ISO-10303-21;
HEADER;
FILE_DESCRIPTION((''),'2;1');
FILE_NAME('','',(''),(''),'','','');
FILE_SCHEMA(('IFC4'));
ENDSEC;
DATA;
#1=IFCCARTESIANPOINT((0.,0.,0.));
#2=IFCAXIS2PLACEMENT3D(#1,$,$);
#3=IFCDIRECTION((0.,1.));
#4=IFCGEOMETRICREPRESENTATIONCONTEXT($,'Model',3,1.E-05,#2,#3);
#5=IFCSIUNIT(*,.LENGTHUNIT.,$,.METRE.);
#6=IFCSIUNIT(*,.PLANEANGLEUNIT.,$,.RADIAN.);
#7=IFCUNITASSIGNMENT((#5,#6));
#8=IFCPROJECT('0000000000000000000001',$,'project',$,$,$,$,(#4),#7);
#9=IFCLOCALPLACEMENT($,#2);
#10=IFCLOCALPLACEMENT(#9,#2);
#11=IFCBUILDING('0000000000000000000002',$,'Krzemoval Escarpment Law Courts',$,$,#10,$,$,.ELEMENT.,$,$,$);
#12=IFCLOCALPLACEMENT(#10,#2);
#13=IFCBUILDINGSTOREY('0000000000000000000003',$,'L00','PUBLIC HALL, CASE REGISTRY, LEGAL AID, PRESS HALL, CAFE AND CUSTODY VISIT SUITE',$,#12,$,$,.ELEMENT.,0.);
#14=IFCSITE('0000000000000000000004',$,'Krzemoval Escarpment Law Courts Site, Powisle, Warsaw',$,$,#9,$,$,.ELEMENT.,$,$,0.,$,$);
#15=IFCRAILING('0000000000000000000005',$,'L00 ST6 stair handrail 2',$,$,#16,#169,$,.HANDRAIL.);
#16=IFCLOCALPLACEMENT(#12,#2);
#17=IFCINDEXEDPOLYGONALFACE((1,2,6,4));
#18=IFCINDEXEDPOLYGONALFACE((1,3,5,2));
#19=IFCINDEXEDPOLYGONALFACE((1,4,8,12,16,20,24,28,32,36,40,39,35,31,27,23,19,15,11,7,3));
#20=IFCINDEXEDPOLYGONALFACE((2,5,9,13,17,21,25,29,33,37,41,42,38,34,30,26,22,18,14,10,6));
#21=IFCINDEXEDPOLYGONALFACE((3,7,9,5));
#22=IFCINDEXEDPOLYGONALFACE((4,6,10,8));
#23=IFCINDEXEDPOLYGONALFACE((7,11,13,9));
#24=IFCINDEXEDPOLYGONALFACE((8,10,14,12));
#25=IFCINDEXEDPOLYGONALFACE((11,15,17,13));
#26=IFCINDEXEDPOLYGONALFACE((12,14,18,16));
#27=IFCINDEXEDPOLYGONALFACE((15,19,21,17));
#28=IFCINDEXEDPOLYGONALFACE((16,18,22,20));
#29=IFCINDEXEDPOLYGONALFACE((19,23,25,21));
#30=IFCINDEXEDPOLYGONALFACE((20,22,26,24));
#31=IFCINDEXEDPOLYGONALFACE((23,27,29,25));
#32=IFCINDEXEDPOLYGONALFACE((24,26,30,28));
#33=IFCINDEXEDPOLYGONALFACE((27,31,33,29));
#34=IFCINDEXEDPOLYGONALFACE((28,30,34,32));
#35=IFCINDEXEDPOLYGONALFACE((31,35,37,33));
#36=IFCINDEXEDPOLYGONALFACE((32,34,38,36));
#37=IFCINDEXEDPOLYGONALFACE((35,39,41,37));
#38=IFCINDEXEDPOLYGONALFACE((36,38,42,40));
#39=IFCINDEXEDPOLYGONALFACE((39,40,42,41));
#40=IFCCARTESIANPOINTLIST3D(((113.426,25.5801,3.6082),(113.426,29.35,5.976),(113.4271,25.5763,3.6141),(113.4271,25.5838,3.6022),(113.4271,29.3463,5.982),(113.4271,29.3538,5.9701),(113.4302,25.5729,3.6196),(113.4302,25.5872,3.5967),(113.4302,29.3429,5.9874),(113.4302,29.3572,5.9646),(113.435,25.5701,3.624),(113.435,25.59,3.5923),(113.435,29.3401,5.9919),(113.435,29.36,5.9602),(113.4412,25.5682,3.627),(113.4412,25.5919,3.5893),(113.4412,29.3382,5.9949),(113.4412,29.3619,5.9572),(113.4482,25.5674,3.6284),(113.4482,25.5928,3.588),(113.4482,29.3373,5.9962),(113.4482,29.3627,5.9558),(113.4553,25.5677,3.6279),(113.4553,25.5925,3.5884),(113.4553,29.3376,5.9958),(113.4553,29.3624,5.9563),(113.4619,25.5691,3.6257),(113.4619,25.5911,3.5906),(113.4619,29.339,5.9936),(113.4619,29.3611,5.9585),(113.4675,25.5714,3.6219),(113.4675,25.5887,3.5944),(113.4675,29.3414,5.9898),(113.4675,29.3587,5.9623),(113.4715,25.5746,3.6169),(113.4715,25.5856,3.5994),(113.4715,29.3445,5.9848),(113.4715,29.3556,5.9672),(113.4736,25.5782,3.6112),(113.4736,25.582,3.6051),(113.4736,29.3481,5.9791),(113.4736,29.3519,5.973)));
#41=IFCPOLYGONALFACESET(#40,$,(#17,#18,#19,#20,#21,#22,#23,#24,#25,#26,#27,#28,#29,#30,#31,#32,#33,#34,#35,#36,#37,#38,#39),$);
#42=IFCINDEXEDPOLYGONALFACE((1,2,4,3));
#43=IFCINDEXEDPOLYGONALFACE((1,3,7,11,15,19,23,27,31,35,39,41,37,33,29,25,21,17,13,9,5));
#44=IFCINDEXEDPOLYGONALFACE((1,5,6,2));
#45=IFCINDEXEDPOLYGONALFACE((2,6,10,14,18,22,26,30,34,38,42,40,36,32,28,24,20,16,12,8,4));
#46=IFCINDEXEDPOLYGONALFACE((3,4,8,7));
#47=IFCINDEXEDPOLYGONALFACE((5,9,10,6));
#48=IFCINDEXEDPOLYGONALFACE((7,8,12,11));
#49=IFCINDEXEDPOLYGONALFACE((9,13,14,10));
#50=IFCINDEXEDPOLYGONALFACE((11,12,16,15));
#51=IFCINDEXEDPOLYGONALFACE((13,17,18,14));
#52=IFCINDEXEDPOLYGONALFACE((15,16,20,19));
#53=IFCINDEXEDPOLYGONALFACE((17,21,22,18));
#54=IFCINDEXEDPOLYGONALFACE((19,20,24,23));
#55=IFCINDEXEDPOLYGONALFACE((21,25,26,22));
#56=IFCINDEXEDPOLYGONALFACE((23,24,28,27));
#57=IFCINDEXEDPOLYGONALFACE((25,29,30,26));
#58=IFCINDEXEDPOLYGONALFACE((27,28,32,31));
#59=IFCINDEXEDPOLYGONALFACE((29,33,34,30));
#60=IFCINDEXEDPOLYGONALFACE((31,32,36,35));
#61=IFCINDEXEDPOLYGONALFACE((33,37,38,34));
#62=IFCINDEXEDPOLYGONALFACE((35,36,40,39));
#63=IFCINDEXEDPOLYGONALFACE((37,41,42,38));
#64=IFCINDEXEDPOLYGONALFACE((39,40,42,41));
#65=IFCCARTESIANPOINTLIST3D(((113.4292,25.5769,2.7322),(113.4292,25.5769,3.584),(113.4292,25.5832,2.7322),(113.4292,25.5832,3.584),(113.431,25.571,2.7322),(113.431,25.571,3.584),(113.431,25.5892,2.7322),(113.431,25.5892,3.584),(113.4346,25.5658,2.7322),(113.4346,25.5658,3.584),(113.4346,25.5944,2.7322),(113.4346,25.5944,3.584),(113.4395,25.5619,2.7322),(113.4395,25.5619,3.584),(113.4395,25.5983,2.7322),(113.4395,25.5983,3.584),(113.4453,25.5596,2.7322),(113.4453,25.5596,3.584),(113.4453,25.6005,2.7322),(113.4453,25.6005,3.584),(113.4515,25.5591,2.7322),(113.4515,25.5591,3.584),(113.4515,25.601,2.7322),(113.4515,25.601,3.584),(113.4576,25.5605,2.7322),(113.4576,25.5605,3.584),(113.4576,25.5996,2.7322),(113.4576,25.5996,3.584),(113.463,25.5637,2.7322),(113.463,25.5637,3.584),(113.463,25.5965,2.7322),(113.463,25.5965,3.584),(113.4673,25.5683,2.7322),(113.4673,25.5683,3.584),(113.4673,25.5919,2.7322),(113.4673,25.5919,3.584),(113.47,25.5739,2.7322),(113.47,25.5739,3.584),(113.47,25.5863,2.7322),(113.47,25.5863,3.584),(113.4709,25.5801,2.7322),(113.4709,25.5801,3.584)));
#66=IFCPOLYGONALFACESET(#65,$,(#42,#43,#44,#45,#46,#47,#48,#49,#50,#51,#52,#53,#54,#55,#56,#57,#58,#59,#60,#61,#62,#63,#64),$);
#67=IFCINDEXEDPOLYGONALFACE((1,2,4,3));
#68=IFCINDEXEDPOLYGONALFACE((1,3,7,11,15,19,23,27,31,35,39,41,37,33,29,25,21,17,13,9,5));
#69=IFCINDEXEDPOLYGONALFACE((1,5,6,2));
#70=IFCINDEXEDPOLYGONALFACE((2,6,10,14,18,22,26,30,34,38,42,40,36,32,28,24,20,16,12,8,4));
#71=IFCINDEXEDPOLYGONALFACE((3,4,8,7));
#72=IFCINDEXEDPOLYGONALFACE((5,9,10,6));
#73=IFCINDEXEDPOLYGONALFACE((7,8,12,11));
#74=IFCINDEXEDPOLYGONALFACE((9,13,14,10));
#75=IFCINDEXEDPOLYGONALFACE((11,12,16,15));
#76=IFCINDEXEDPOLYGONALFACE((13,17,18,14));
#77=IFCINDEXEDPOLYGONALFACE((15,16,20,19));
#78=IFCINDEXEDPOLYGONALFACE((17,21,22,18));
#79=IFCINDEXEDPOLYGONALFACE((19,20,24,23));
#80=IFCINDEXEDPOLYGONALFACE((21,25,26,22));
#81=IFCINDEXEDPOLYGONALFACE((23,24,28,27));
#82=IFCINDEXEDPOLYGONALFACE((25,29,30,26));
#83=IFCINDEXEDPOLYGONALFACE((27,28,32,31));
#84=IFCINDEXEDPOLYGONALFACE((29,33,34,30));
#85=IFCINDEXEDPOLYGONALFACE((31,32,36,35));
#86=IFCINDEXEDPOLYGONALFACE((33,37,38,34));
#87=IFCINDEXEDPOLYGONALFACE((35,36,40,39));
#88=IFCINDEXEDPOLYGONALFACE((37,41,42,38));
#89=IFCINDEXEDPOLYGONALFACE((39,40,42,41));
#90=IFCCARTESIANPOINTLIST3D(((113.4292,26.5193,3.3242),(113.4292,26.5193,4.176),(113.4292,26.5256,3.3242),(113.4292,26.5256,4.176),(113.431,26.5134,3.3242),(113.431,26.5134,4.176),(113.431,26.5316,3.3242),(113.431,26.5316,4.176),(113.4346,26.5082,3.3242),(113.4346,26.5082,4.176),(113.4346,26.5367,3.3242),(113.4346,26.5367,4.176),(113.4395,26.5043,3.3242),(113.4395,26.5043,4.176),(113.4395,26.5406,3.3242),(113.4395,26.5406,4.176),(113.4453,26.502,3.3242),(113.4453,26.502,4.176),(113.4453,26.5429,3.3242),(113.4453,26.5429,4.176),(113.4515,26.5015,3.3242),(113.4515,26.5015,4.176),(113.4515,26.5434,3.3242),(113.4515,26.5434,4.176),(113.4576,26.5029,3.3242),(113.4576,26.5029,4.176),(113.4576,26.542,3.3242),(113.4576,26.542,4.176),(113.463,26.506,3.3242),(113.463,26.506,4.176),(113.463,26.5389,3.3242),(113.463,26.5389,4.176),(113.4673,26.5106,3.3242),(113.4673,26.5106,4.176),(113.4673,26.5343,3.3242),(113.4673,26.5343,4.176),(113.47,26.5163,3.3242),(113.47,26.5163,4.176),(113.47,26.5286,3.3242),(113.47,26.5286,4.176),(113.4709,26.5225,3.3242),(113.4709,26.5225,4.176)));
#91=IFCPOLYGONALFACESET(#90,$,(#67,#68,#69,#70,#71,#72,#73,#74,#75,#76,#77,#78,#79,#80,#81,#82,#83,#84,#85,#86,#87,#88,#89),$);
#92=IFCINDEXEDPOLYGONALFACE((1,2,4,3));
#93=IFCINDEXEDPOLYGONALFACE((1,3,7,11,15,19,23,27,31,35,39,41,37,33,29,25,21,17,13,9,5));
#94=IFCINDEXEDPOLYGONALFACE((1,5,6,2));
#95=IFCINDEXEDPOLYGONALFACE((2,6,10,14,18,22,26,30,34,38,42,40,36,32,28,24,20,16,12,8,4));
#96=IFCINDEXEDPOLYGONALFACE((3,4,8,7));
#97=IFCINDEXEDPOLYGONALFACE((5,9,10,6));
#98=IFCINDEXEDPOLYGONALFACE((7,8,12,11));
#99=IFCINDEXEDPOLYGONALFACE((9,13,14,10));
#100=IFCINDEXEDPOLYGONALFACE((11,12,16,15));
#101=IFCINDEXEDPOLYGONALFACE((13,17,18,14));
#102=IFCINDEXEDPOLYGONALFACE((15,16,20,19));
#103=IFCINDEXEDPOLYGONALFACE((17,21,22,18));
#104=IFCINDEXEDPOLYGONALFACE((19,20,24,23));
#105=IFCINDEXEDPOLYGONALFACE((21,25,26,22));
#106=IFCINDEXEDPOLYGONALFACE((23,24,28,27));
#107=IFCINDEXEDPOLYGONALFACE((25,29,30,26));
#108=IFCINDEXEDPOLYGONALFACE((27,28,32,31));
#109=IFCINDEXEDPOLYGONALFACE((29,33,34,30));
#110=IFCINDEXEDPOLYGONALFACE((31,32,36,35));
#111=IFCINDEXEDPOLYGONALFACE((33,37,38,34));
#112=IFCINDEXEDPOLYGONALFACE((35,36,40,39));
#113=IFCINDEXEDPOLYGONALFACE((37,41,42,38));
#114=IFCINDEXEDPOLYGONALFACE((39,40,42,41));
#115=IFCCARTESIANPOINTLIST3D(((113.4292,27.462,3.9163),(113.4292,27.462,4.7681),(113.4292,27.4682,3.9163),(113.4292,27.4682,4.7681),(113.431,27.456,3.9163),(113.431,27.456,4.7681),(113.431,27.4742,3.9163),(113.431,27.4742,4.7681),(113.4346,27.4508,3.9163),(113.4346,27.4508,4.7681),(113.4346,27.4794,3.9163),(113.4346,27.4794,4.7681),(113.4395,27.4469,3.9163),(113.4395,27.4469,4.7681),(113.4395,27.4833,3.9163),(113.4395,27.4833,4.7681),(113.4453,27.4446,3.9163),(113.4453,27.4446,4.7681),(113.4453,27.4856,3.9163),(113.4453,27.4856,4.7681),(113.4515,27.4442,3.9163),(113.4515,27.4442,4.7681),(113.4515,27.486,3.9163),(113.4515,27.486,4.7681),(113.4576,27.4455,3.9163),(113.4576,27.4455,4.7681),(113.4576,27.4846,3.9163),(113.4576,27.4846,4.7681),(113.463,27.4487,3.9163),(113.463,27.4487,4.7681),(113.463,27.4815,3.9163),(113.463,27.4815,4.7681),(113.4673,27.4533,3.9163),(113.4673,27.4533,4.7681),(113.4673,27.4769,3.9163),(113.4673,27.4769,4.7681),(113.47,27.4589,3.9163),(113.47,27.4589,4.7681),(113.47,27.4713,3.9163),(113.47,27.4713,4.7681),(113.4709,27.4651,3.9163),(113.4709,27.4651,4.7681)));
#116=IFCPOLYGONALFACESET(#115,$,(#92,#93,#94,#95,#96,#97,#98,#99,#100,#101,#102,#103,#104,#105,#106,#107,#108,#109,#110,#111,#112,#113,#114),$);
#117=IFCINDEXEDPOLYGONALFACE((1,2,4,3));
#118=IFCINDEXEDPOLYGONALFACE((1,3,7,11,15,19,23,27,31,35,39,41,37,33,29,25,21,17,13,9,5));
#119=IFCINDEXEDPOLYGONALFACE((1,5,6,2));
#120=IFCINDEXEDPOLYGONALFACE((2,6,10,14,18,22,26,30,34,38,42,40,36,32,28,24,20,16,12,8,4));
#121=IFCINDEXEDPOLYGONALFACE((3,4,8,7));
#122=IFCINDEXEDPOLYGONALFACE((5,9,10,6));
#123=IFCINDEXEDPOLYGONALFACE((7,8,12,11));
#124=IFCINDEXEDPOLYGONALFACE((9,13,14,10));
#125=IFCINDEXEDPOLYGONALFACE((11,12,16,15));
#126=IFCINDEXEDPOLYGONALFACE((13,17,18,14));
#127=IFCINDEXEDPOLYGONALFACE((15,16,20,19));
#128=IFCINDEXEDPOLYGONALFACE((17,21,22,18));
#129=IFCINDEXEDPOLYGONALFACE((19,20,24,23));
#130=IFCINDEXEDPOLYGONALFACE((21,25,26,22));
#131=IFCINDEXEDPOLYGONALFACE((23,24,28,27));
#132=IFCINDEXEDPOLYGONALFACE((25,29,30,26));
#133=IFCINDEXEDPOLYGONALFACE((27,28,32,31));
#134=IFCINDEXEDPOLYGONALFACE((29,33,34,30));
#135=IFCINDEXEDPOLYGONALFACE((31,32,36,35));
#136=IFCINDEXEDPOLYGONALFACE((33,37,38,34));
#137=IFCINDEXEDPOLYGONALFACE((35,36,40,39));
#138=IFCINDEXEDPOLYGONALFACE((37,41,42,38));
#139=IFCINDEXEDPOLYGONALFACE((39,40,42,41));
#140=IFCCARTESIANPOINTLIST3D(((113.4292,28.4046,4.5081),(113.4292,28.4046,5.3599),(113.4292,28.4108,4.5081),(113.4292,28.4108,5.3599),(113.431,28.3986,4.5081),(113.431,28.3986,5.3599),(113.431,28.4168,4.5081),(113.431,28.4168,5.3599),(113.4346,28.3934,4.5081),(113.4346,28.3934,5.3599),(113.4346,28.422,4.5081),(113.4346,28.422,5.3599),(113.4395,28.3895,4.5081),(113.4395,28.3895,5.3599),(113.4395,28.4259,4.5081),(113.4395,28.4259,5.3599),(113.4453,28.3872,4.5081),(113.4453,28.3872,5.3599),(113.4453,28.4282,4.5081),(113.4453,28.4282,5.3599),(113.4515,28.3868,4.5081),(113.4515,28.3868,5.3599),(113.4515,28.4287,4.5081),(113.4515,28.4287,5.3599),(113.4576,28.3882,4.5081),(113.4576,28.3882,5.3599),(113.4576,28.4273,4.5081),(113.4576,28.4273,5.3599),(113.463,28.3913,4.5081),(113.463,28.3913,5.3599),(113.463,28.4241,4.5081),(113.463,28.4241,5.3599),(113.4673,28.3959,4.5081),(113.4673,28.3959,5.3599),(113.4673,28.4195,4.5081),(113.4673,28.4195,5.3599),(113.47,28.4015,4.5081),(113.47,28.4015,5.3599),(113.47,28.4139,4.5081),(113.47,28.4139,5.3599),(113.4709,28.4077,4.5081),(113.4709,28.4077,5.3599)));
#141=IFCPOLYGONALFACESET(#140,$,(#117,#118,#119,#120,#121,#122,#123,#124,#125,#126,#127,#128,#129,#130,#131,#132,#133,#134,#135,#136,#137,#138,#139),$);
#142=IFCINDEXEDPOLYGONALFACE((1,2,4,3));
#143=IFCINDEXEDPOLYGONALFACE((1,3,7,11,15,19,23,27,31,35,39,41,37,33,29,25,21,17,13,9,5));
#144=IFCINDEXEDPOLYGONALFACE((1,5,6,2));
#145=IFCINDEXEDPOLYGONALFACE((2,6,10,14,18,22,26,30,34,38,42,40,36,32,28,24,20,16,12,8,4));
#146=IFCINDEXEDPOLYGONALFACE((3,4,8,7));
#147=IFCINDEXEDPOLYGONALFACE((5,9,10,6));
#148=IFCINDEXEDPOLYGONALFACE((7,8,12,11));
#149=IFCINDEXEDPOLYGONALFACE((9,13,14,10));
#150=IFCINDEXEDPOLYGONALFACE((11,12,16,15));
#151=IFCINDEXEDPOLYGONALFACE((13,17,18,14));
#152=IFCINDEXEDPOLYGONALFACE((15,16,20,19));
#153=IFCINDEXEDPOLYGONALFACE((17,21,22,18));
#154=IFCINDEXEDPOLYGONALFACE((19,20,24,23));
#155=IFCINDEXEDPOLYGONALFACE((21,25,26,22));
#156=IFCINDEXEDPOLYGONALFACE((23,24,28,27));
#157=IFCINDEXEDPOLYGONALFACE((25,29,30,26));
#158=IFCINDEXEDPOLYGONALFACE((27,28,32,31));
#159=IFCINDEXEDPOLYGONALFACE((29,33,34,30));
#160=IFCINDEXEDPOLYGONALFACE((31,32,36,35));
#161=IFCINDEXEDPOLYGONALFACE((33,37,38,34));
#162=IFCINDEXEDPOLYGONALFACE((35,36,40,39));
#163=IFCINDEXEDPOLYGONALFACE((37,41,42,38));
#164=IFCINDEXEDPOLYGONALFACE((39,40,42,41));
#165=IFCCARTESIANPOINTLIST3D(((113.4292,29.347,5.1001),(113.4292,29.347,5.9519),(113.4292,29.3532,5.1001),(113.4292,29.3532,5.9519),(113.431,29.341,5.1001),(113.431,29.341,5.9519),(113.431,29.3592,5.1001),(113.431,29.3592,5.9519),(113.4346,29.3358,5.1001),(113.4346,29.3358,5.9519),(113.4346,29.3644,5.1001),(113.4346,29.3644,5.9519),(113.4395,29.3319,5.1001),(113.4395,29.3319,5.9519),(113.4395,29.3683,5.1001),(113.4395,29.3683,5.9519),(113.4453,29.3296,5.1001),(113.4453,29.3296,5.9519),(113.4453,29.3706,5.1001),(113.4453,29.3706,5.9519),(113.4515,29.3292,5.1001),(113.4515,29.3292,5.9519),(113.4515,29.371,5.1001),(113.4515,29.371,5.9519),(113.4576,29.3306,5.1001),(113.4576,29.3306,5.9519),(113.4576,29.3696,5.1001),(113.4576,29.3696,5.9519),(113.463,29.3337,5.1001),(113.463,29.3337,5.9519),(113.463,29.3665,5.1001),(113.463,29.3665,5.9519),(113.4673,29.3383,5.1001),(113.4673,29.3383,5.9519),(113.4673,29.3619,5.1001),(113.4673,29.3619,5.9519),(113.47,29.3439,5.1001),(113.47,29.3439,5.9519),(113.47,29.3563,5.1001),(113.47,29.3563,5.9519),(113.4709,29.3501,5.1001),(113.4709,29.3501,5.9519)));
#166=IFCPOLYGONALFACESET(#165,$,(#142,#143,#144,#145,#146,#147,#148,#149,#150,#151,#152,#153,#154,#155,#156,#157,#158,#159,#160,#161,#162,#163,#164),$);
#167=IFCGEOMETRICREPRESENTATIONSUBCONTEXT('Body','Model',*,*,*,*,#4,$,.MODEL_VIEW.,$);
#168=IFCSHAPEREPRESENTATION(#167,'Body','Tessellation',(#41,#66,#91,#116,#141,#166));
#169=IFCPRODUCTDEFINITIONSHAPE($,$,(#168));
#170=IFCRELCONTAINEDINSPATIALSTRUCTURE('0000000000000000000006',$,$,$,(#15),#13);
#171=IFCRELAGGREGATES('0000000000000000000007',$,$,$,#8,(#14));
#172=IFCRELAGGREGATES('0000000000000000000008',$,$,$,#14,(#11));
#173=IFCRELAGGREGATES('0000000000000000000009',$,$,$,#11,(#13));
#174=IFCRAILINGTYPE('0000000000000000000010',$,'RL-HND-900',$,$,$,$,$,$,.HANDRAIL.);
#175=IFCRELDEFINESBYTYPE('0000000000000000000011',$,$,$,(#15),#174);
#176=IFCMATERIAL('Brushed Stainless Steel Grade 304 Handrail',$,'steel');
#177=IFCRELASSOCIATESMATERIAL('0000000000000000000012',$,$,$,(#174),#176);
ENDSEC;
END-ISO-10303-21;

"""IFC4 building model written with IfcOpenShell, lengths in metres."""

from ifc_helpers import new_model, si_unit, direction, frame, origin, origin_2d, place, context, subcontext, project, spatial, circle, extrude, material, type_object, element, save


model = new_model("IFC4")

# Units and contexts
model_context = context("Model", 3, precision=1e-05, world=origin(), true_north=direction((0.0, 1.0)))
body_context = subcontext(model_context, "Body", "Model", "MODEL_VIEW")
ifc_project = project(units=[si_unit("LENGTHUNIT", "METRE"), si_unit("PLANEANGLEUNIT", "RADIAN")], contexts=[model_context])

# Site, building, storey
site_placement = place(None, origin())
site = spatial("IfcSite", under=ifc_project, at=site_placement, Name="Krzemoval Escarpment Law Courts Site, Powisle, Warsaw", CompositionType="ELEMENT", RefElevation=0.0)
building_placement = place(site_placement, origin())
building = spatial("IfcBuilding", under=site, at=building_placement, Name="Krzemoval Escarpment Law Courts", CompositionType="ELEMENT")
storey_placement = place(building_placement, origin())
storey = spatial("IfcBuildingStorey", under=building, at=storey_placement, Name="L00", Description="PUBLIC HALL, CASE REGISTRY, LEGAL AID, PRESS HALL, CAFE AND CUSTODY VISIT SUITE", CompositionType="ELEMENT", Elevation=0.0)

# Railing
ifc_material_1 = material(Name="Brushed Stainless Steel Grade 304 Handrail", Category="steel")
railing_type = type_object("IfcRailingType", Name="RL-HND-900", PredefinedType="HANDRAIL", material=ifc_material_1)
railing_placement = place(storey_placement, frame((113.45, 25.5801, 2.7322)))
element("IfcRailing", 1, at=railing_placement, inside=storey, type_object=railing_type, Name="L00 ST6 stair handrail 2", PredefinedType="HANDRAIL", context=body_context, shape_type="SweptSolid", body=[
    extrude(circle(Radius=0.0239, at=origin_2d()), frame((0.0, 0.0, 0.876), z_axis=(0.0, 0.846819, 0.531881), x_axis=(-1.0, 0.0, 0.0)), (0.0, 0.0, 1.0), 4.4519),
    extrude(circle(Radius=0.021, at=origin_2d()), origin(), (0.0, 0.0, 1.0), 0.8518),
    extrude(circle(Radius=0.021, at=origin_2d()), frame((0.0, 0.9424, 0.592)), (0.0, 0.0, 1.0), 0.8518),
    extrude(circle(Radius=0.021, at=origin_2d()), frame((0.0, 1.885, 1.1841)), (0.0, 0.0, 1.0), 0.8518),
    extrude(circle(Radius=0.021, at=origin_2d()), frame((0.0, 2.8276, 1.7759)), (0.0, 0.0, 1.0), 0.8518),
    extrude(circle(Radius=0.021, at=origin_2d()), frame((0.0, 3.77, 2.3679)), (0.0, 0.0, 1.0), 0.8518),
])

save(model, "model.ifc")
